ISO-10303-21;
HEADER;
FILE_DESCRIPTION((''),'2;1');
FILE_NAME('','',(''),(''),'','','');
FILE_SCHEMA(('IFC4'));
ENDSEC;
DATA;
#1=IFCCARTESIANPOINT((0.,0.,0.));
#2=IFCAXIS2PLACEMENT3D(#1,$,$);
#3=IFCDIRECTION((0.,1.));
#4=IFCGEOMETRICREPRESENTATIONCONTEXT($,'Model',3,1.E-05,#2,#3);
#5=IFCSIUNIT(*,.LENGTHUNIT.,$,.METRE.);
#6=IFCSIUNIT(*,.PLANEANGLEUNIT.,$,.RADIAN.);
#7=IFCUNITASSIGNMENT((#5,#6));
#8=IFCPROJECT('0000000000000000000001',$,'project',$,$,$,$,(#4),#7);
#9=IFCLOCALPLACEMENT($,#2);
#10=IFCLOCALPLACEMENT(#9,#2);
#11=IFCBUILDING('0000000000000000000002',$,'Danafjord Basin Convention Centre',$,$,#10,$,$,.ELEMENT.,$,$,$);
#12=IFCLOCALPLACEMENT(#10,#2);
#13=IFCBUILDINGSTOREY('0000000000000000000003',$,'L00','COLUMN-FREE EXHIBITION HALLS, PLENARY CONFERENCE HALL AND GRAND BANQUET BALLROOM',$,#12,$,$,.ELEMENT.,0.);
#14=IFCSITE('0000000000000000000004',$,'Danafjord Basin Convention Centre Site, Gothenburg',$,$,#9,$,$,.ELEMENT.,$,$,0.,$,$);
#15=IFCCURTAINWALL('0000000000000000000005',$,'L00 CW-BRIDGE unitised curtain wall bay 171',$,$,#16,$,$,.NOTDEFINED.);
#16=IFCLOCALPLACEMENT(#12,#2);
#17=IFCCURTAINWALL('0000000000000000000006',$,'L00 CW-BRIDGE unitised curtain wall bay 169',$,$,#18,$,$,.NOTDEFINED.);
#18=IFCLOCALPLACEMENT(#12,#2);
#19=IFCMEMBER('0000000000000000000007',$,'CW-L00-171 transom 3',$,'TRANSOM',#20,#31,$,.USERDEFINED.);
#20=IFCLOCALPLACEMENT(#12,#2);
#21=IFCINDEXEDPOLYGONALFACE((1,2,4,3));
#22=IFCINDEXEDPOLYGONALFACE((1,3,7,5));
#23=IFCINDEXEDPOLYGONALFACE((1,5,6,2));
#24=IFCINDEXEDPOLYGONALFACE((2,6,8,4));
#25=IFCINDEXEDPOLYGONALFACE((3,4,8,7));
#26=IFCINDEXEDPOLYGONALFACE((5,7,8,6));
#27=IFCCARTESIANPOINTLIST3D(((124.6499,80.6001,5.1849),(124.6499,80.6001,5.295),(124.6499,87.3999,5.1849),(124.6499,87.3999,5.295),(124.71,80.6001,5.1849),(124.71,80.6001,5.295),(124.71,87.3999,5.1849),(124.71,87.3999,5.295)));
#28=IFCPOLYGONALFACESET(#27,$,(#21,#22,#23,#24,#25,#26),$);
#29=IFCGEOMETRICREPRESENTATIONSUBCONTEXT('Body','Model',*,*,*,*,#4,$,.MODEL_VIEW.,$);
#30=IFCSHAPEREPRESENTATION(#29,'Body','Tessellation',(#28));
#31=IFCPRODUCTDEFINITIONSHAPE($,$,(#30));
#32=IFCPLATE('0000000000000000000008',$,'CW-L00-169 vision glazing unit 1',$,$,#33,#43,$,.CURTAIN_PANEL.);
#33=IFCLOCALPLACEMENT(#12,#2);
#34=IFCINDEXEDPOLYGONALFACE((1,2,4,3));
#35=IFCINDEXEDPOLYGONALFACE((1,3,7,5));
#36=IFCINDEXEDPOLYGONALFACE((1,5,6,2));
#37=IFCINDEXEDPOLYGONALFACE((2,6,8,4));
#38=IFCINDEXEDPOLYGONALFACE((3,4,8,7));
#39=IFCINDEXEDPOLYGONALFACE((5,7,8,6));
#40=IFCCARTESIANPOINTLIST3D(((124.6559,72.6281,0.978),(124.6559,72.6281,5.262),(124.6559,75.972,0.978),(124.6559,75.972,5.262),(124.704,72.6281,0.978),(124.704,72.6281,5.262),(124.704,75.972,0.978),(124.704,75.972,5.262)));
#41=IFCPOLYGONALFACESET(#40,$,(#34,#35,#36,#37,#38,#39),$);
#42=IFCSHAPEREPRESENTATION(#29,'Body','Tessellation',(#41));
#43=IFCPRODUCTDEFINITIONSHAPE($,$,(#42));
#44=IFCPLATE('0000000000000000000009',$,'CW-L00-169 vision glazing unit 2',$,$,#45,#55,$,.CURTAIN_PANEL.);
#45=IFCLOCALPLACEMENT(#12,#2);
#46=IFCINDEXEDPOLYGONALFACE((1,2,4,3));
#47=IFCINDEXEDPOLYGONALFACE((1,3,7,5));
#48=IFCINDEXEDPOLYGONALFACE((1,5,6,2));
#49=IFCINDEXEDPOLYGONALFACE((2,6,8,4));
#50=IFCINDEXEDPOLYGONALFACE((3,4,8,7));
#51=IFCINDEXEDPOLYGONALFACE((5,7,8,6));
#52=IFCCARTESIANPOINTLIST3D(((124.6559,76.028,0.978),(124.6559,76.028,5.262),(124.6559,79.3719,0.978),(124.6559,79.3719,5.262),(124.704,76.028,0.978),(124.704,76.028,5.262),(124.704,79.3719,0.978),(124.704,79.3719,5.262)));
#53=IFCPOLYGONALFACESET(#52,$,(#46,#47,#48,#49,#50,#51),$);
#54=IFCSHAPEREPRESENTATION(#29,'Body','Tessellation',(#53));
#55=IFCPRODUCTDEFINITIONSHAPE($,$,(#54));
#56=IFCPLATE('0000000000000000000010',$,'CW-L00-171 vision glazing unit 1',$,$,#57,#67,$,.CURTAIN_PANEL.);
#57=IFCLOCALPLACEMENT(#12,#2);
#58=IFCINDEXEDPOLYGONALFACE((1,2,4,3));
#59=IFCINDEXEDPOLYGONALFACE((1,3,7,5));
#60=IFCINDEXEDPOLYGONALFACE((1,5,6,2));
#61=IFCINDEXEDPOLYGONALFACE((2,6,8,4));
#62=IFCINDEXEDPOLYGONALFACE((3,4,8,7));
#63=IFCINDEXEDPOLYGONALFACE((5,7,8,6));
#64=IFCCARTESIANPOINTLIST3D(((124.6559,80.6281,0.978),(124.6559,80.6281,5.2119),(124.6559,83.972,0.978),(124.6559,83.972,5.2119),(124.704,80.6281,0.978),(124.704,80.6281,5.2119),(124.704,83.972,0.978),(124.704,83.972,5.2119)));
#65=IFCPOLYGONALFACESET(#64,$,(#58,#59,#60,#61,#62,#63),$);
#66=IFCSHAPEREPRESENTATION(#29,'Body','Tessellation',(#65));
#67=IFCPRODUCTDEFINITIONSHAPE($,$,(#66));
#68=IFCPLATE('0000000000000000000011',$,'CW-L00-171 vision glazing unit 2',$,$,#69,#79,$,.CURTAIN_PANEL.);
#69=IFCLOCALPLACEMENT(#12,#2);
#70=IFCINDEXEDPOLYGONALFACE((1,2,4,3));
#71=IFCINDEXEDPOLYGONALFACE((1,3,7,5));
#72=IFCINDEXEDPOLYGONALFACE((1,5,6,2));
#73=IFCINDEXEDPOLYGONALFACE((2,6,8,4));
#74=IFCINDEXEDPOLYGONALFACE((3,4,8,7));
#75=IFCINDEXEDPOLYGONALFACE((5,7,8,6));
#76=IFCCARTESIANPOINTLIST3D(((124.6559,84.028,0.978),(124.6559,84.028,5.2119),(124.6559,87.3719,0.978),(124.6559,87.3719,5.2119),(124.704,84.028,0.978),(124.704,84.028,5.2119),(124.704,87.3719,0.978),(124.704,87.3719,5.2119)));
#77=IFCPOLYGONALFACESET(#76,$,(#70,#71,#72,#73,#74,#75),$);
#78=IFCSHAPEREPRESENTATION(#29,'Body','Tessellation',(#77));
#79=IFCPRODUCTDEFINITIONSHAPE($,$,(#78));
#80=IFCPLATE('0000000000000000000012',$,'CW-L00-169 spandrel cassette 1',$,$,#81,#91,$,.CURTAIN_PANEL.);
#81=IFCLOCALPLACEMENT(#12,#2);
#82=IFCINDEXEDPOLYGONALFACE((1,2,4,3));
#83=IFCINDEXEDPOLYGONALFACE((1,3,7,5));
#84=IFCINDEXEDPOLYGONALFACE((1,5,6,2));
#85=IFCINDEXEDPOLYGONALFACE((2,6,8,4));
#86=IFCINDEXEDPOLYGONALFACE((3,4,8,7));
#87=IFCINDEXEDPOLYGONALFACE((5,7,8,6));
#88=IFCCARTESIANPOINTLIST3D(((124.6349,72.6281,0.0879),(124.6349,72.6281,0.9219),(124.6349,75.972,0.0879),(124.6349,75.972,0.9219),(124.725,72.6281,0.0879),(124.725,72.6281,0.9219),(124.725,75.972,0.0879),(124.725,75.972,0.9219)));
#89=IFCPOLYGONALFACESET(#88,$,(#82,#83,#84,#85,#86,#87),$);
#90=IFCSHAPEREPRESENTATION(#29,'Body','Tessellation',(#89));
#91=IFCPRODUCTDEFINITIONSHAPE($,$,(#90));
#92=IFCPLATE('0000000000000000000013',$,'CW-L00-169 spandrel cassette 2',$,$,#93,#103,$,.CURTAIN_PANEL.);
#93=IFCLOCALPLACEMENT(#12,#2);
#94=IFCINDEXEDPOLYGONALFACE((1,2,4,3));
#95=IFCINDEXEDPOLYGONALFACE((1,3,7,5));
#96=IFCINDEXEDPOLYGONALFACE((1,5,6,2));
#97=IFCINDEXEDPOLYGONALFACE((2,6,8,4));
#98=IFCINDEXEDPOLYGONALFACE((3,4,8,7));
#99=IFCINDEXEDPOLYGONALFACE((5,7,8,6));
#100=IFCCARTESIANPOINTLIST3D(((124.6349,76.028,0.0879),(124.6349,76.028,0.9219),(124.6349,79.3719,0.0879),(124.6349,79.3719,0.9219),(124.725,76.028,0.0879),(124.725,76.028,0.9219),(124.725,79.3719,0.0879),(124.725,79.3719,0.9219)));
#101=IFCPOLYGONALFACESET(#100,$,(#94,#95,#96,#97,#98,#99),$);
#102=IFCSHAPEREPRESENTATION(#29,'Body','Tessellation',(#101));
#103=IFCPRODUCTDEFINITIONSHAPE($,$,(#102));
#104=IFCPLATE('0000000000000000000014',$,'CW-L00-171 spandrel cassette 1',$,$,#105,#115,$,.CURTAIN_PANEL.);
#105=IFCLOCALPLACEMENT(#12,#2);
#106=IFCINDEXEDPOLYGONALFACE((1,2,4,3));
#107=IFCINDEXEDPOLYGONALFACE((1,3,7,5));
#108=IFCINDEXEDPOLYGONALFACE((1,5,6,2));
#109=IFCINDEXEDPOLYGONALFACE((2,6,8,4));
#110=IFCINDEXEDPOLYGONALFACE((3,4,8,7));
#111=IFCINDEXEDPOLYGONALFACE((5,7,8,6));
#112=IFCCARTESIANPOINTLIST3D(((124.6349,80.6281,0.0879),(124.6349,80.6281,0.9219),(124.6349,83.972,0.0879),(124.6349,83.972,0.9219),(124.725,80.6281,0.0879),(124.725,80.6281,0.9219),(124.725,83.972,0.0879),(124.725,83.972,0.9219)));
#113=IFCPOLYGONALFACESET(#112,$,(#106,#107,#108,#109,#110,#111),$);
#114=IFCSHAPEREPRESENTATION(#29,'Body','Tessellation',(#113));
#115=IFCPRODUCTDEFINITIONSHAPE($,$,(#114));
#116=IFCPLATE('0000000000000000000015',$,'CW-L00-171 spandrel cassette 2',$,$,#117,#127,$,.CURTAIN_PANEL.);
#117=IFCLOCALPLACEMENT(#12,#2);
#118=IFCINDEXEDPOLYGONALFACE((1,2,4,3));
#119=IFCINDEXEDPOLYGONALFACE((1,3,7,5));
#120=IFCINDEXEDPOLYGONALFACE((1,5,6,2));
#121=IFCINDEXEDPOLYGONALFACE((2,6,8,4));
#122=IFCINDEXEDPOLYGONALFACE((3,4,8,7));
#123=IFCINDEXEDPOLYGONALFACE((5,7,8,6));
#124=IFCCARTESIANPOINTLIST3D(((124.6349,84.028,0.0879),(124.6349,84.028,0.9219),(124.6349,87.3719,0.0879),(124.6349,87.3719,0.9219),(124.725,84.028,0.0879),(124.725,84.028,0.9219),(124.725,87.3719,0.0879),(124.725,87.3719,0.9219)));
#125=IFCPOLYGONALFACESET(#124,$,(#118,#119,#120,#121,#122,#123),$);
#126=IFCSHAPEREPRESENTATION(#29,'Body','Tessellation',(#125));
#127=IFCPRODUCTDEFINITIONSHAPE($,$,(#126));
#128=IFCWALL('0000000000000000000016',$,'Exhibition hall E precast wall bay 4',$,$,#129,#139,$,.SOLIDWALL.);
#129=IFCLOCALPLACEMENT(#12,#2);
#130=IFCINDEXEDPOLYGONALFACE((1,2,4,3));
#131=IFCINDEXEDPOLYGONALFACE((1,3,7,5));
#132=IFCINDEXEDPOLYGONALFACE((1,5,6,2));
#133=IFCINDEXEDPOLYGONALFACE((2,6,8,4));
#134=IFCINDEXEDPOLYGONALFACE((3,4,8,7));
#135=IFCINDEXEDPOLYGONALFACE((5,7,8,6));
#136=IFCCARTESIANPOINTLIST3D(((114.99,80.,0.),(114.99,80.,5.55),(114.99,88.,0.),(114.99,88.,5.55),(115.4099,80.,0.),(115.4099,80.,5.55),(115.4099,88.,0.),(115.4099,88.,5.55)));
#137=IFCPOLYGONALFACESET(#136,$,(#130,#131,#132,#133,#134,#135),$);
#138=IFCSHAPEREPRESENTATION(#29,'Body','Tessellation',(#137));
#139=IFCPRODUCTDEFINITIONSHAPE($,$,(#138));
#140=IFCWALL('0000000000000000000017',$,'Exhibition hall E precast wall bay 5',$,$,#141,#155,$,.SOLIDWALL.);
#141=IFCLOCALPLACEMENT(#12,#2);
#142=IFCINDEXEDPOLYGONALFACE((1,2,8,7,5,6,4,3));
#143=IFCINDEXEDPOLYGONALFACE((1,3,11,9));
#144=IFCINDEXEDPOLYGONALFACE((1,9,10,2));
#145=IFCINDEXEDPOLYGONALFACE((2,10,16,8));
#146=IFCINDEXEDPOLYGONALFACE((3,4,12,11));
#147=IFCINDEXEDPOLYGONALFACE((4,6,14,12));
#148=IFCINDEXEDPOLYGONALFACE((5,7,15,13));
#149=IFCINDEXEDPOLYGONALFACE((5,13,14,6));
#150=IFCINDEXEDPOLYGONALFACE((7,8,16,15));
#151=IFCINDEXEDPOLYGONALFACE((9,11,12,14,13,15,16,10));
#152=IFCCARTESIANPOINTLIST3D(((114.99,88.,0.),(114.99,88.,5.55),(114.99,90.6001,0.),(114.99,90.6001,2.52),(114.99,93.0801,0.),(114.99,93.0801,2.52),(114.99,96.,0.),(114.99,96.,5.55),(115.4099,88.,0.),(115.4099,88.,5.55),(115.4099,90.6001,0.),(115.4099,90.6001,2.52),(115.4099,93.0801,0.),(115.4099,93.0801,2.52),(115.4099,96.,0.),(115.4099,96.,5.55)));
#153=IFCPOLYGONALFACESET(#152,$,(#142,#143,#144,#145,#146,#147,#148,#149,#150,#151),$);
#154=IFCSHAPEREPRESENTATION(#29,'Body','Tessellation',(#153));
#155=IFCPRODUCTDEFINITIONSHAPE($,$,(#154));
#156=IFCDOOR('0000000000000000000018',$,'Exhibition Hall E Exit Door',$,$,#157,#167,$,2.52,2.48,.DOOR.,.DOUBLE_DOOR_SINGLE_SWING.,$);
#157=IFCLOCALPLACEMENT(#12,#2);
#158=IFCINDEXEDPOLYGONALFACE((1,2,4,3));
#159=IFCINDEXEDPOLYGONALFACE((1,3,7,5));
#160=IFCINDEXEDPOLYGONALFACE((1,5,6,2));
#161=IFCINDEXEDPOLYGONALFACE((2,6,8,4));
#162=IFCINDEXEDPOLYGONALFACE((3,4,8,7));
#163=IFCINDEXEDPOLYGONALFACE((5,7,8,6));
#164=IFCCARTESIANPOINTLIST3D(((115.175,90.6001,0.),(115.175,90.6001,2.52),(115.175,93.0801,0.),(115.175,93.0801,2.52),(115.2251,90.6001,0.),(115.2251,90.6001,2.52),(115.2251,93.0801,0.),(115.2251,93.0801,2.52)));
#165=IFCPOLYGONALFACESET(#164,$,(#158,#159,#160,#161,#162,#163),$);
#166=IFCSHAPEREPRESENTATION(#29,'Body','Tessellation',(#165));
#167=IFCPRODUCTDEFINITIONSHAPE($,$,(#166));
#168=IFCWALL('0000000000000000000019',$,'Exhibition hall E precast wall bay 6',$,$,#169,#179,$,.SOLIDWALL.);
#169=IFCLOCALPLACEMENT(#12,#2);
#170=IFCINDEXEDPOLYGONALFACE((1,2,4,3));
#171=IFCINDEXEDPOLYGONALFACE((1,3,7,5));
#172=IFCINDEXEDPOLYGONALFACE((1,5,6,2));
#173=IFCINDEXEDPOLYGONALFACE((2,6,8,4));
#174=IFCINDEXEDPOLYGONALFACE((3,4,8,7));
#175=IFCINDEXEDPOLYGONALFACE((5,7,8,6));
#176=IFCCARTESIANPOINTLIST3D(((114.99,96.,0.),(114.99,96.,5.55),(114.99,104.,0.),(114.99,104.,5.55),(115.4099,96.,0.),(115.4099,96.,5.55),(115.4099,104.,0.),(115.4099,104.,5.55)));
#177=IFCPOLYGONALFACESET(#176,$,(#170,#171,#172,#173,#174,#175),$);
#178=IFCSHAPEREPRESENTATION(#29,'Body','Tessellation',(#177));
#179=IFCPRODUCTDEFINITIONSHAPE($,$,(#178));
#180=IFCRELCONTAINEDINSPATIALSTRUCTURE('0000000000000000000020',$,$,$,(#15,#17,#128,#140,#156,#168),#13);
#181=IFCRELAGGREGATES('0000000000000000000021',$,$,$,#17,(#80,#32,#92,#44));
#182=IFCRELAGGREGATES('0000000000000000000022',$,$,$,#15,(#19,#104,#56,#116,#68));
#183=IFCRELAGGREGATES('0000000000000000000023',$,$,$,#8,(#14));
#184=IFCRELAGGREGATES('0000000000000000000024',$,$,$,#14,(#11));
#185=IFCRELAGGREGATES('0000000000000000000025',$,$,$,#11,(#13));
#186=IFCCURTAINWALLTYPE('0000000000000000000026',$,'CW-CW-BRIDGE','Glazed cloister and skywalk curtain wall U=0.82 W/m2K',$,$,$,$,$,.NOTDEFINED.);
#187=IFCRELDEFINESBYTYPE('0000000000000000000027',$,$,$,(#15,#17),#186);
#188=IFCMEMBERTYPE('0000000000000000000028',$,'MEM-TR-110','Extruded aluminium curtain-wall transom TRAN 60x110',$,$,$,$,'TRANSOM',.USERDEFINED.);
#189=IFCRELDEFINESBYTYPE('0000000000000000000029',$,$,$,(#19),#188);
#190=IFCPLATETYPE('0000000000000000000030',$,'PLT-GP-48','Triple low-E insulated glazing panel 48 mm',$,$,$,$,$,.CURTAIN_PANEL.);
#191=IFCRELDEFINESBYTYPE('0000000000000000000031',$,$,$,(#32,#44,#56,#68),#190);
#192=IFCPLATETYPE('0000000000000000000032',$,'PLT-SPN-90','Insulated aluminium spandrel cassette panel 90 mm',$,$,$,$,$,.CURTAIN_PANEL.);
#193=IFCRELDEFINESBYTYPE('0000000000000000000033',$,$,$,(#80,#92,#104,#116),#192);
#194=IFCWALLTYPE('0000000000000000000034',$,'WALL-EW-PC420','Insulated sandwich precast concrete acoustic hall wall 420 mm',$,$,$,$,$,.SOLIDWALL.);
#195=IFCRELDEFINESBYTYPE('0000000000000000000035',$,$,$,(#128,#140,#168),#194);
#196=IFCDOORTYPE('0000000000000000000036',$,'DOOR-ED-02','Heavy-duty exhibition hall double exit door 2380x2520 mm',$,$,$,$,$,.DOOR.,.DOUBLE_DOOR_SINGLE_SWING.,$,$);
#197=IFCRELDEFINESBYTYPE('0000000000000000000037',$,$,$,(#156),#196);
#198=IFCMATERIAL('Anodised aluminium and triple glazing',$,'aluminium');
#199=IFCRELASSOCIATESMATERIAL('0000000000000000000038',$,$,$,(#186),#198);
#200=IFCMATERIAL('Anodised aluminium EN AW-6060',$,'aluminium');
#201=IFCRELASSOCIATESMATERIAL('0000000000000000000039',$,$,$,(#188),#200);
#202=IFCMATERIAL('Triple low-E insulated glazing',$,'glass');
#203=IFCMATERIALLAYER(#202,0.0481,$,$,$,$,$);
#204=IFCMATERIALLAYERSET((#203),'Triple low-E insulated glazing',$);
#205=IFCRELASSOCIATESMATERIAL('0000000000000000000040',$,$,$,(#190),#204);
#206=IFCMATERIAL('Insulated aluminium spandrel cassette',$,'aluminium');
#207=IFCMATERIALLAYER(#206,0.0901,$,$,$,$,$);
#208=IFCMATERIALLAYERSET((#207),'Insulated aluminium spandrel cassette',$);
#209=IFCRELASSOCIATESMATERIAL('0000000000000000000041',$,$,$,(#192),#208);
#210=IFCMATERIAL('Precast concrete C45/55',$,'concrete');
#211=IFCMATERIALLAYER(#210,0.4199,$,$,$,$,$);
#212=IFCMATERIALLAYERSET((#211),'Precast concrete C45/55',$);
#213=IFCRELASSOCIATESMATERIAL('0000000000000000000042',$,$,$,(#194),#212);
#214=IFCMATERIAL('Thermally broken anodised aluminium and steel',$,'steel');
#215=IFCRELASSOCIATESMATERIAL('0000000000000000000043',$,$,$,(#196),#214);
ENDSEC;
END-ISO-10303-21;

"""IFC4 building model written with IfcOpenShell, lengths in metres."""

from ifc_helpers import new_model, si_unit, direction, frame, frame_2d, origin, origin_2d, place, context, subcontext, project, spatial, rectangle, extrude, material, layer, layer_set, material_profile, profile_set, type_object, element, fill, aggregate, save


model = new_model("IFC4")

# Units and contexts
model_context = context("Model", 3, precision=1e-05, world=origin(), true_north=direction((0.0, 1.0)))
body_context = subcontext(model_context, "Body", "Model", "MODEL_VIEW")
ifc_project = project(units=[si_unit("LENGTHUNIT", "METRE"), si_unit("PLANEANGLEUNIT", "RADIAN")], contexts=[model_context])

# Site, building, storey
site_placement = place(None, origin())
site = spatial("IfcSite", under=ifc_project, at=site_placement, Name="Danafjord Basin Convention Centre Site, Gothenburg", CompositionType="ELEMENT", RefElevation=0.0)
building_placement = place(site_placement, origin())
building = spatial("IfcBuilding", under=site, at=building_placement, Name="Danafjord Basin Convention Centre", CompositionType="ELEMENT")
storey_placement = place(building_placement, origin())
storey = spatial("IfcBuildingStorey", under=building, at=storey_placement, Name="L00", Description="COLUMN-FREE EXHIBITION HALLS, PLENARY CONFERENCE HALL AND GRAND BANQUET BALLROOM", CompositionType="ELEMENT", Elevation=0.0)

# Curtain walls
ifc_material_1 = material(Name="Anodised aluminium and triple glazing", Category="aluminium")
curtain_wall_type = type_object("IfcCurtainWallType", Name="CW-CW-BRIDGE", Description="Glazed cloister and skywalk curtain wall U=0.82 W/m2K", PredefinedType="NOTDEFINED", material=ifc_material_1)
curtain_wall_1_placement = place(storey_placement, origin())
curtain_wall_1 = element("IfcCurtainWall", 1, at=curtain_wall_1_placement, inside=storey, type_object=curtain_wall_type, Name="L00 CW-BRIDGE unitised curtain wall bay 171", PredefinedType="NOTDEFINED")
ifc_material_2 = material(Name="Anodised aluminium EN AW-6060", Category="aluminium")
curtain_wall_2_placement = place(storey_placement, origin())
curtain_wall_2 = element("IfcCurtainWall", 2, at=curtain_wall_2_placement, inside=storey, type_object=curtain_wall_type, Name="L00 CW-BRIDGE unitised curtain wall bay 169", PredefinedType="NOTDEFINED")

# Member
ifc_material_profile_1 = material_profile(ifc_material_2, rectangle(XDim=0.0601, YDim=0.1101, at=origin_2d()), Name="TRAN 60x110")
ifc_profile_set_1 = profile_set([ifc_material_profile_1], Name="Anodised aluminium EN AW-6060")
member_type_1 = type_object("IfcMemberType", Name="MEM-TR-110", Description="Extruded aluminium curtain-wall transom TRAN 60x110", ElementType="TRANSOM", PredefinedType="USERDEFINED", material=ifc_profile_set_1)
member_1_placement = place(storey_placement, frame((124.6799, 80.6001, 5.24), z_axis=(0.0, 1.0, 0.0), x_axis=(-1.0, 0.0, 0.0)))
member_1 = element("IfcMember", 3, at=member_1_placement, type_object=member_type_1, Name="CW-L00-171 transom 3", ObjectType="TRANSOM", PredefinedType="USERDEFINED", context=body_context, shape_type="SweptSolid", body=[
    extrude(rectangle(XDim=0.0601, YDim=0.1101, at=origin_2d()), origin(), (0.0, 0.0, 1.0), 6.7998),
])

# Plates
ifc_material_3 = material(Name="Triple low-E insulated glazing", Category="glass")
ifc_layer_1 = layer(ifc_material_3, 0.0481)
ifc_layer_set_1 = layer_set([ifc_layer_1], Name="Triple low-E insulated glazing")
plate_type_1 = type_object("IfcPlateType", Name="PLT-GP-48", Description="Triple low-E insulated glazing panel 48 mm", PredefinedType="CURTAIN_PANEL", material=ifc_layer_set_1)
plate_1_placement = place(storey_placement, frame((124.6799, 74.3, 0.978), z_axis=(0.0, 0.0, 1.0), x_axis=(0.0, 1.0, 0.0)))
plate_1 = element("IfcPlate", 4, at=plate_1_placement, type_object=plate_type_1, Name="CW-L00-169 vision glazing unit 1", PredefinedType="CURTAIN_PANEL", context=body_context, shape_type="SweptSolid", body=[
    extrude(rectangle(XDim=3.344, YDim=0.0481, at=origin_2d()), origin(), (0.0, 0.0, 1.0), 4.2839),
])
plate_2_placement = place(storey_placement, frame((124.6799, 77.7, 0.978), z_axis=(0.0, 0.0, 1.0), x_axis=(0.0, 1.0, 0.0)))
plate_2 = element("IfcPlate", 5, at=plate_2_placement, type_object=plate_type_1, Name="CW-L00-169 vision glazing unit 2", PredefinedType="CURTAIN_PANEL", context=body_context, shape_type="SweptSolid", body=[
    extrude(rectangle(XDim=3.344, YDim=0.0481, at=origin_2d()), origin(), (0.0, 0.0, 1.0), 4.2839),
])
plate_3_placement = place(storey_placement, frame((124.6799, 82.3, 0.978), z_axis=(0.0, 0.0, 1.0), x_axis=(0.0, 1.0, 0.0)))
plate_3 = element("IfcPlate", 6, at=plate_3_placement, type_object=plate_type_1, Name="CW-L00-171 vision glazing unit 1", PredefinedType="CURTAIN_PANEL", context=body_context, shape_type="SweptSolid", body=[
    extrude(rectangle(XDim=3.344, YDim=0.0481, at=origin_2d()), origin(), (0.0, 0.0, 1.0), 4.2339),
])
plate_4_placement = place(storey_placement, frame((124.6799, 85.7, 0.978), z_axis=(0.0, 0.0, 1.0), x_axis=(0.0, 1.0, 0.0)))
plate_4 = element("IfcPlate", 7, at=plate_4_placement, type_object=plate_type_1, Name="CW-L00-171 vision glazing unit 2", PredefinedType="CURTAIN_PANEL", context=body_context, shape_type="SweptSolid", body=[
    extrude(rectangle(XDim=3.344, YDim=0.0481, at=origin_2d()), origin(), (0.0, 0.0, 1.0), 4.2339),
])
ifc_material_4 = material(Name="Insulated aluminium spandrel cassette", Category="aluminium")
ifc_layer_2 = layer(ifc_material_4, 0.0901)
ifc_layer_set_2 = layer_set([ifc_layer_2], Name="Insulated aluminium spandrel cassette")
plate_type_2 = type_object("IfcPlateType", Name="PLT-SPN-90", Description="Insulated aluminium spandrel cassette panel 90 mm", PredefinedType="CURTAIN_PANEL", material=ifc_layer_set_2)
plate_5_placement = place(storey_placement, frame((124.6799, 74.3, 0.0879), z_axis=(0.0, 0.0, 1.0), x_axis=(0.0, 1.0, 0.0)))
plate_5 = element("IfcPlate", 8, at=plate_5_placement, type_object=plate_type_2, Name="CW-L00-169 spandrel cassette 1", PredefinedType="CURTAIN_PANEL", context=body_context, shape_type="SweptSolid", body=[
    extrude(rectangle(XDim=3.344, YDim=0.0901, at=origin_2d()), origin(), (0.0, 0.0, 1.0), 0.834),
])
plate_6_placement = place(storey_placement, frame((124.6799, 77.7, 0.0879), z_axis=(0.0, 0.0, 1.0), x_axis=(0.0, 1.0, 0.0)))
plate_6 = element("IfcPlate", 9, at=plate_6_placement, type_object=plate_type_2, Name="CW-L00-169 spandrel cassette 2", PredefinedType="CURTAIN_PANEL", context=body_context, shape_type="SweptSolid", body=[
    extrude(rectangle(XDim=3.344, YDim=0.0901, at=origin_2d()), origin(), (0.0, 0.0, 1.0), 0.834),
])
aggregate(curtain_wall_2, [plate_5, plate_1, plate_6, plate_2])
plate_7_placement = place(storey_placement, frame((124.6799, 82.3, 0.0879), z_axis=(0.0, 0.0, 1.0), x_axis=(0.0, 1.0, 0.0)))
plate_7 = element("IfcPlate", 10, at=plate_7_placement, type_object=plate_type_2, Name="CW-L00-171 spandrel cassette 1", PredefinedType="CURTAIN_PANEL", context=body_context, shape_type="SweptSolid", body=[
    extrude(rectangle(XDim=3.344, YDim=0.0901, at=origin_2d()), origin(), (0.0, 0.0, 1.0), 0.834),
])
plate_8_placement = place(storey_placement, frame((124.6799, 85.7, 0.0879), z_axis=(0.0, 0.0, 1.0), x_axis=(0.0, 1.0, 0.0)))
plate_8 = element("IfcPlate", 11, at=plate_8_placement, type_object=plate_type_2, Name="CW-L00-171 spandrel cassette 2", PredefinedType="CURTAIN_PANEL", context=body_context, shape_type="SweptSolid", body=[
    extrude(rectangle(XDim=3.344, YDim=0.0901, at=origin_2d()), origin(), (0.0, 0.0, 1.0), 0.834),
])
aggregate(curtain_wall_1, [member_1, plate_7, plate_3, plate_8, plate_4])

# Wall
ifc_material_5 = material(Name="Precast concrete C45/55", Category="concrete")
ifc_layer_3 = layer(ifc_material_5, 0.4199)
ifc_layer_set_3 = layer_set([ifc_layer_3], Name="Precast concrete C45/55")
wall_type = type_object("IfcWallType", Name="WALL-EW-PC420", Description="Insulated sandwich precast concrete acoustic hall wall 420 mm", PredefinedType="SOLIDWALL", material=ifc_layer_set_3)
wall_1_placement = place(storey_placement, frame((115.2, 80.0, 0.0), z_axis=(0.0, 0.0, 1.0), x_axis=(0.0, 1.0, 0.0)))
element("IfcWall", 12, at=wall_1_placement, inside=storey, type_object=wall_type, Name="Exhibition hall E precast wall bay 4", PredefinedType="SOLIDWALL", context=body_context, shape_type="SweptSolid", body=[
    extrude(rectangle(XDim=8.0, YDim=0.4199, at=frame_2d((4.0, 0.0))), origin(), (0.0, 0.0, 1.0), 5.55),
])

# Wall, opening, door
wall_2_placement = place(storey_placement, frame((115.2, 88.0, 0.0), z_axis=(0.0, 0.0, 1.0), x_axis=(0.0, 1.0, 0.0)))
wall_2 = element("IfcWall", 13, at=wall_2_placement, inside=storey, type_object=wall_type, Name="Exhibition hall E precast wall bay 5", PredefinedType="SOLIDWALL", context=body_context, shape_type="SweptSolid", body=[
    extrude(rectangle(XDim=8.0, YDim=0.4199, at=frame_2d((4.0, 0.0))), origin(), (0.0, 0.0, 1.0), 5.55),
])
opening_placement = place(wall_2_placement, frame((2.6001, 0.0, 0.0)))
opening = element("IfcOpeningElement", 14, at=opening_placement, cuts=wall_2, PredefinedType="OPENING", context=body_context, shape_type="SweptSolid", body=[
    extrude(rectangle(XDim=2.48, YDim=2.52, at=frame_2d((1.24, 1.26))), frame((0.0, 0.22, 0.0), z_axis=(0.0, -1.0, 0.0), x_axis=(1.0, 0.0, 0.0)), (0.0, 0.0, 1.0), 0.4399),
])
ifc_material_6 = material(Name="Thermally broken anodised aluminium and steel", Category="steel")
door_type = type_object("IfcDoorType", Name="DOOR-ED-02", Description="Heavy-duty exhibition hall double exit door 2380x2520 mm", OperationType="DOUBLE_DOOR_SINGLE_SWING", PredefinedType="DOOR", material=ifc_material_6)
door_placement = place(opening_placement, origin())
door = element("IfcDoor", 15, at=door_placement, inside=storey, type_object=door_type, Name="Exhibition Hall E Exit Door", OperationType="DOUBLE_DOOR_SINGLE_SWING", OverallHeight=2.52, OverallWidth=2.48, PredefinedType="DOOR", context=body_context, shape_type="SweptSolid", body=[
    extrude(rectangle(XDim=2.48, YDim=2.52, at=frame_2d((1.24, 1.26))), frame((0.0, 0.0249, 0.0), z_axis=(0.0, -1.0, 0.0), x_axis=(1.0, 0.0, 0.0)), (0.0, 0.0, 1.0), 0.05),
])
fill(opening, door)

# Wall
wall_3_placement = place(storey_placement, frame((115.2, 96.0, 0.0), z_axis=(0.0, 0.0, 1.0), x_axis=(0.0, 1.0, 0.0)))
element("IfcWall", 16, at=wall_3_placement, inside=storey, type_object=wall_type, Name="Exhibition hall E precast wall bay 6", PredefinedType="SOLIDWALL", context=body_context, shape_type="SweptSolid", body=[
    extrude(rectangle(XDim=8.0, YDim=0.4199, at=frame_2d((4.0, 0.0))), origin(), (0.0, 0.0, 1.0), 5.55),
])

save(model, "model.ifc")
